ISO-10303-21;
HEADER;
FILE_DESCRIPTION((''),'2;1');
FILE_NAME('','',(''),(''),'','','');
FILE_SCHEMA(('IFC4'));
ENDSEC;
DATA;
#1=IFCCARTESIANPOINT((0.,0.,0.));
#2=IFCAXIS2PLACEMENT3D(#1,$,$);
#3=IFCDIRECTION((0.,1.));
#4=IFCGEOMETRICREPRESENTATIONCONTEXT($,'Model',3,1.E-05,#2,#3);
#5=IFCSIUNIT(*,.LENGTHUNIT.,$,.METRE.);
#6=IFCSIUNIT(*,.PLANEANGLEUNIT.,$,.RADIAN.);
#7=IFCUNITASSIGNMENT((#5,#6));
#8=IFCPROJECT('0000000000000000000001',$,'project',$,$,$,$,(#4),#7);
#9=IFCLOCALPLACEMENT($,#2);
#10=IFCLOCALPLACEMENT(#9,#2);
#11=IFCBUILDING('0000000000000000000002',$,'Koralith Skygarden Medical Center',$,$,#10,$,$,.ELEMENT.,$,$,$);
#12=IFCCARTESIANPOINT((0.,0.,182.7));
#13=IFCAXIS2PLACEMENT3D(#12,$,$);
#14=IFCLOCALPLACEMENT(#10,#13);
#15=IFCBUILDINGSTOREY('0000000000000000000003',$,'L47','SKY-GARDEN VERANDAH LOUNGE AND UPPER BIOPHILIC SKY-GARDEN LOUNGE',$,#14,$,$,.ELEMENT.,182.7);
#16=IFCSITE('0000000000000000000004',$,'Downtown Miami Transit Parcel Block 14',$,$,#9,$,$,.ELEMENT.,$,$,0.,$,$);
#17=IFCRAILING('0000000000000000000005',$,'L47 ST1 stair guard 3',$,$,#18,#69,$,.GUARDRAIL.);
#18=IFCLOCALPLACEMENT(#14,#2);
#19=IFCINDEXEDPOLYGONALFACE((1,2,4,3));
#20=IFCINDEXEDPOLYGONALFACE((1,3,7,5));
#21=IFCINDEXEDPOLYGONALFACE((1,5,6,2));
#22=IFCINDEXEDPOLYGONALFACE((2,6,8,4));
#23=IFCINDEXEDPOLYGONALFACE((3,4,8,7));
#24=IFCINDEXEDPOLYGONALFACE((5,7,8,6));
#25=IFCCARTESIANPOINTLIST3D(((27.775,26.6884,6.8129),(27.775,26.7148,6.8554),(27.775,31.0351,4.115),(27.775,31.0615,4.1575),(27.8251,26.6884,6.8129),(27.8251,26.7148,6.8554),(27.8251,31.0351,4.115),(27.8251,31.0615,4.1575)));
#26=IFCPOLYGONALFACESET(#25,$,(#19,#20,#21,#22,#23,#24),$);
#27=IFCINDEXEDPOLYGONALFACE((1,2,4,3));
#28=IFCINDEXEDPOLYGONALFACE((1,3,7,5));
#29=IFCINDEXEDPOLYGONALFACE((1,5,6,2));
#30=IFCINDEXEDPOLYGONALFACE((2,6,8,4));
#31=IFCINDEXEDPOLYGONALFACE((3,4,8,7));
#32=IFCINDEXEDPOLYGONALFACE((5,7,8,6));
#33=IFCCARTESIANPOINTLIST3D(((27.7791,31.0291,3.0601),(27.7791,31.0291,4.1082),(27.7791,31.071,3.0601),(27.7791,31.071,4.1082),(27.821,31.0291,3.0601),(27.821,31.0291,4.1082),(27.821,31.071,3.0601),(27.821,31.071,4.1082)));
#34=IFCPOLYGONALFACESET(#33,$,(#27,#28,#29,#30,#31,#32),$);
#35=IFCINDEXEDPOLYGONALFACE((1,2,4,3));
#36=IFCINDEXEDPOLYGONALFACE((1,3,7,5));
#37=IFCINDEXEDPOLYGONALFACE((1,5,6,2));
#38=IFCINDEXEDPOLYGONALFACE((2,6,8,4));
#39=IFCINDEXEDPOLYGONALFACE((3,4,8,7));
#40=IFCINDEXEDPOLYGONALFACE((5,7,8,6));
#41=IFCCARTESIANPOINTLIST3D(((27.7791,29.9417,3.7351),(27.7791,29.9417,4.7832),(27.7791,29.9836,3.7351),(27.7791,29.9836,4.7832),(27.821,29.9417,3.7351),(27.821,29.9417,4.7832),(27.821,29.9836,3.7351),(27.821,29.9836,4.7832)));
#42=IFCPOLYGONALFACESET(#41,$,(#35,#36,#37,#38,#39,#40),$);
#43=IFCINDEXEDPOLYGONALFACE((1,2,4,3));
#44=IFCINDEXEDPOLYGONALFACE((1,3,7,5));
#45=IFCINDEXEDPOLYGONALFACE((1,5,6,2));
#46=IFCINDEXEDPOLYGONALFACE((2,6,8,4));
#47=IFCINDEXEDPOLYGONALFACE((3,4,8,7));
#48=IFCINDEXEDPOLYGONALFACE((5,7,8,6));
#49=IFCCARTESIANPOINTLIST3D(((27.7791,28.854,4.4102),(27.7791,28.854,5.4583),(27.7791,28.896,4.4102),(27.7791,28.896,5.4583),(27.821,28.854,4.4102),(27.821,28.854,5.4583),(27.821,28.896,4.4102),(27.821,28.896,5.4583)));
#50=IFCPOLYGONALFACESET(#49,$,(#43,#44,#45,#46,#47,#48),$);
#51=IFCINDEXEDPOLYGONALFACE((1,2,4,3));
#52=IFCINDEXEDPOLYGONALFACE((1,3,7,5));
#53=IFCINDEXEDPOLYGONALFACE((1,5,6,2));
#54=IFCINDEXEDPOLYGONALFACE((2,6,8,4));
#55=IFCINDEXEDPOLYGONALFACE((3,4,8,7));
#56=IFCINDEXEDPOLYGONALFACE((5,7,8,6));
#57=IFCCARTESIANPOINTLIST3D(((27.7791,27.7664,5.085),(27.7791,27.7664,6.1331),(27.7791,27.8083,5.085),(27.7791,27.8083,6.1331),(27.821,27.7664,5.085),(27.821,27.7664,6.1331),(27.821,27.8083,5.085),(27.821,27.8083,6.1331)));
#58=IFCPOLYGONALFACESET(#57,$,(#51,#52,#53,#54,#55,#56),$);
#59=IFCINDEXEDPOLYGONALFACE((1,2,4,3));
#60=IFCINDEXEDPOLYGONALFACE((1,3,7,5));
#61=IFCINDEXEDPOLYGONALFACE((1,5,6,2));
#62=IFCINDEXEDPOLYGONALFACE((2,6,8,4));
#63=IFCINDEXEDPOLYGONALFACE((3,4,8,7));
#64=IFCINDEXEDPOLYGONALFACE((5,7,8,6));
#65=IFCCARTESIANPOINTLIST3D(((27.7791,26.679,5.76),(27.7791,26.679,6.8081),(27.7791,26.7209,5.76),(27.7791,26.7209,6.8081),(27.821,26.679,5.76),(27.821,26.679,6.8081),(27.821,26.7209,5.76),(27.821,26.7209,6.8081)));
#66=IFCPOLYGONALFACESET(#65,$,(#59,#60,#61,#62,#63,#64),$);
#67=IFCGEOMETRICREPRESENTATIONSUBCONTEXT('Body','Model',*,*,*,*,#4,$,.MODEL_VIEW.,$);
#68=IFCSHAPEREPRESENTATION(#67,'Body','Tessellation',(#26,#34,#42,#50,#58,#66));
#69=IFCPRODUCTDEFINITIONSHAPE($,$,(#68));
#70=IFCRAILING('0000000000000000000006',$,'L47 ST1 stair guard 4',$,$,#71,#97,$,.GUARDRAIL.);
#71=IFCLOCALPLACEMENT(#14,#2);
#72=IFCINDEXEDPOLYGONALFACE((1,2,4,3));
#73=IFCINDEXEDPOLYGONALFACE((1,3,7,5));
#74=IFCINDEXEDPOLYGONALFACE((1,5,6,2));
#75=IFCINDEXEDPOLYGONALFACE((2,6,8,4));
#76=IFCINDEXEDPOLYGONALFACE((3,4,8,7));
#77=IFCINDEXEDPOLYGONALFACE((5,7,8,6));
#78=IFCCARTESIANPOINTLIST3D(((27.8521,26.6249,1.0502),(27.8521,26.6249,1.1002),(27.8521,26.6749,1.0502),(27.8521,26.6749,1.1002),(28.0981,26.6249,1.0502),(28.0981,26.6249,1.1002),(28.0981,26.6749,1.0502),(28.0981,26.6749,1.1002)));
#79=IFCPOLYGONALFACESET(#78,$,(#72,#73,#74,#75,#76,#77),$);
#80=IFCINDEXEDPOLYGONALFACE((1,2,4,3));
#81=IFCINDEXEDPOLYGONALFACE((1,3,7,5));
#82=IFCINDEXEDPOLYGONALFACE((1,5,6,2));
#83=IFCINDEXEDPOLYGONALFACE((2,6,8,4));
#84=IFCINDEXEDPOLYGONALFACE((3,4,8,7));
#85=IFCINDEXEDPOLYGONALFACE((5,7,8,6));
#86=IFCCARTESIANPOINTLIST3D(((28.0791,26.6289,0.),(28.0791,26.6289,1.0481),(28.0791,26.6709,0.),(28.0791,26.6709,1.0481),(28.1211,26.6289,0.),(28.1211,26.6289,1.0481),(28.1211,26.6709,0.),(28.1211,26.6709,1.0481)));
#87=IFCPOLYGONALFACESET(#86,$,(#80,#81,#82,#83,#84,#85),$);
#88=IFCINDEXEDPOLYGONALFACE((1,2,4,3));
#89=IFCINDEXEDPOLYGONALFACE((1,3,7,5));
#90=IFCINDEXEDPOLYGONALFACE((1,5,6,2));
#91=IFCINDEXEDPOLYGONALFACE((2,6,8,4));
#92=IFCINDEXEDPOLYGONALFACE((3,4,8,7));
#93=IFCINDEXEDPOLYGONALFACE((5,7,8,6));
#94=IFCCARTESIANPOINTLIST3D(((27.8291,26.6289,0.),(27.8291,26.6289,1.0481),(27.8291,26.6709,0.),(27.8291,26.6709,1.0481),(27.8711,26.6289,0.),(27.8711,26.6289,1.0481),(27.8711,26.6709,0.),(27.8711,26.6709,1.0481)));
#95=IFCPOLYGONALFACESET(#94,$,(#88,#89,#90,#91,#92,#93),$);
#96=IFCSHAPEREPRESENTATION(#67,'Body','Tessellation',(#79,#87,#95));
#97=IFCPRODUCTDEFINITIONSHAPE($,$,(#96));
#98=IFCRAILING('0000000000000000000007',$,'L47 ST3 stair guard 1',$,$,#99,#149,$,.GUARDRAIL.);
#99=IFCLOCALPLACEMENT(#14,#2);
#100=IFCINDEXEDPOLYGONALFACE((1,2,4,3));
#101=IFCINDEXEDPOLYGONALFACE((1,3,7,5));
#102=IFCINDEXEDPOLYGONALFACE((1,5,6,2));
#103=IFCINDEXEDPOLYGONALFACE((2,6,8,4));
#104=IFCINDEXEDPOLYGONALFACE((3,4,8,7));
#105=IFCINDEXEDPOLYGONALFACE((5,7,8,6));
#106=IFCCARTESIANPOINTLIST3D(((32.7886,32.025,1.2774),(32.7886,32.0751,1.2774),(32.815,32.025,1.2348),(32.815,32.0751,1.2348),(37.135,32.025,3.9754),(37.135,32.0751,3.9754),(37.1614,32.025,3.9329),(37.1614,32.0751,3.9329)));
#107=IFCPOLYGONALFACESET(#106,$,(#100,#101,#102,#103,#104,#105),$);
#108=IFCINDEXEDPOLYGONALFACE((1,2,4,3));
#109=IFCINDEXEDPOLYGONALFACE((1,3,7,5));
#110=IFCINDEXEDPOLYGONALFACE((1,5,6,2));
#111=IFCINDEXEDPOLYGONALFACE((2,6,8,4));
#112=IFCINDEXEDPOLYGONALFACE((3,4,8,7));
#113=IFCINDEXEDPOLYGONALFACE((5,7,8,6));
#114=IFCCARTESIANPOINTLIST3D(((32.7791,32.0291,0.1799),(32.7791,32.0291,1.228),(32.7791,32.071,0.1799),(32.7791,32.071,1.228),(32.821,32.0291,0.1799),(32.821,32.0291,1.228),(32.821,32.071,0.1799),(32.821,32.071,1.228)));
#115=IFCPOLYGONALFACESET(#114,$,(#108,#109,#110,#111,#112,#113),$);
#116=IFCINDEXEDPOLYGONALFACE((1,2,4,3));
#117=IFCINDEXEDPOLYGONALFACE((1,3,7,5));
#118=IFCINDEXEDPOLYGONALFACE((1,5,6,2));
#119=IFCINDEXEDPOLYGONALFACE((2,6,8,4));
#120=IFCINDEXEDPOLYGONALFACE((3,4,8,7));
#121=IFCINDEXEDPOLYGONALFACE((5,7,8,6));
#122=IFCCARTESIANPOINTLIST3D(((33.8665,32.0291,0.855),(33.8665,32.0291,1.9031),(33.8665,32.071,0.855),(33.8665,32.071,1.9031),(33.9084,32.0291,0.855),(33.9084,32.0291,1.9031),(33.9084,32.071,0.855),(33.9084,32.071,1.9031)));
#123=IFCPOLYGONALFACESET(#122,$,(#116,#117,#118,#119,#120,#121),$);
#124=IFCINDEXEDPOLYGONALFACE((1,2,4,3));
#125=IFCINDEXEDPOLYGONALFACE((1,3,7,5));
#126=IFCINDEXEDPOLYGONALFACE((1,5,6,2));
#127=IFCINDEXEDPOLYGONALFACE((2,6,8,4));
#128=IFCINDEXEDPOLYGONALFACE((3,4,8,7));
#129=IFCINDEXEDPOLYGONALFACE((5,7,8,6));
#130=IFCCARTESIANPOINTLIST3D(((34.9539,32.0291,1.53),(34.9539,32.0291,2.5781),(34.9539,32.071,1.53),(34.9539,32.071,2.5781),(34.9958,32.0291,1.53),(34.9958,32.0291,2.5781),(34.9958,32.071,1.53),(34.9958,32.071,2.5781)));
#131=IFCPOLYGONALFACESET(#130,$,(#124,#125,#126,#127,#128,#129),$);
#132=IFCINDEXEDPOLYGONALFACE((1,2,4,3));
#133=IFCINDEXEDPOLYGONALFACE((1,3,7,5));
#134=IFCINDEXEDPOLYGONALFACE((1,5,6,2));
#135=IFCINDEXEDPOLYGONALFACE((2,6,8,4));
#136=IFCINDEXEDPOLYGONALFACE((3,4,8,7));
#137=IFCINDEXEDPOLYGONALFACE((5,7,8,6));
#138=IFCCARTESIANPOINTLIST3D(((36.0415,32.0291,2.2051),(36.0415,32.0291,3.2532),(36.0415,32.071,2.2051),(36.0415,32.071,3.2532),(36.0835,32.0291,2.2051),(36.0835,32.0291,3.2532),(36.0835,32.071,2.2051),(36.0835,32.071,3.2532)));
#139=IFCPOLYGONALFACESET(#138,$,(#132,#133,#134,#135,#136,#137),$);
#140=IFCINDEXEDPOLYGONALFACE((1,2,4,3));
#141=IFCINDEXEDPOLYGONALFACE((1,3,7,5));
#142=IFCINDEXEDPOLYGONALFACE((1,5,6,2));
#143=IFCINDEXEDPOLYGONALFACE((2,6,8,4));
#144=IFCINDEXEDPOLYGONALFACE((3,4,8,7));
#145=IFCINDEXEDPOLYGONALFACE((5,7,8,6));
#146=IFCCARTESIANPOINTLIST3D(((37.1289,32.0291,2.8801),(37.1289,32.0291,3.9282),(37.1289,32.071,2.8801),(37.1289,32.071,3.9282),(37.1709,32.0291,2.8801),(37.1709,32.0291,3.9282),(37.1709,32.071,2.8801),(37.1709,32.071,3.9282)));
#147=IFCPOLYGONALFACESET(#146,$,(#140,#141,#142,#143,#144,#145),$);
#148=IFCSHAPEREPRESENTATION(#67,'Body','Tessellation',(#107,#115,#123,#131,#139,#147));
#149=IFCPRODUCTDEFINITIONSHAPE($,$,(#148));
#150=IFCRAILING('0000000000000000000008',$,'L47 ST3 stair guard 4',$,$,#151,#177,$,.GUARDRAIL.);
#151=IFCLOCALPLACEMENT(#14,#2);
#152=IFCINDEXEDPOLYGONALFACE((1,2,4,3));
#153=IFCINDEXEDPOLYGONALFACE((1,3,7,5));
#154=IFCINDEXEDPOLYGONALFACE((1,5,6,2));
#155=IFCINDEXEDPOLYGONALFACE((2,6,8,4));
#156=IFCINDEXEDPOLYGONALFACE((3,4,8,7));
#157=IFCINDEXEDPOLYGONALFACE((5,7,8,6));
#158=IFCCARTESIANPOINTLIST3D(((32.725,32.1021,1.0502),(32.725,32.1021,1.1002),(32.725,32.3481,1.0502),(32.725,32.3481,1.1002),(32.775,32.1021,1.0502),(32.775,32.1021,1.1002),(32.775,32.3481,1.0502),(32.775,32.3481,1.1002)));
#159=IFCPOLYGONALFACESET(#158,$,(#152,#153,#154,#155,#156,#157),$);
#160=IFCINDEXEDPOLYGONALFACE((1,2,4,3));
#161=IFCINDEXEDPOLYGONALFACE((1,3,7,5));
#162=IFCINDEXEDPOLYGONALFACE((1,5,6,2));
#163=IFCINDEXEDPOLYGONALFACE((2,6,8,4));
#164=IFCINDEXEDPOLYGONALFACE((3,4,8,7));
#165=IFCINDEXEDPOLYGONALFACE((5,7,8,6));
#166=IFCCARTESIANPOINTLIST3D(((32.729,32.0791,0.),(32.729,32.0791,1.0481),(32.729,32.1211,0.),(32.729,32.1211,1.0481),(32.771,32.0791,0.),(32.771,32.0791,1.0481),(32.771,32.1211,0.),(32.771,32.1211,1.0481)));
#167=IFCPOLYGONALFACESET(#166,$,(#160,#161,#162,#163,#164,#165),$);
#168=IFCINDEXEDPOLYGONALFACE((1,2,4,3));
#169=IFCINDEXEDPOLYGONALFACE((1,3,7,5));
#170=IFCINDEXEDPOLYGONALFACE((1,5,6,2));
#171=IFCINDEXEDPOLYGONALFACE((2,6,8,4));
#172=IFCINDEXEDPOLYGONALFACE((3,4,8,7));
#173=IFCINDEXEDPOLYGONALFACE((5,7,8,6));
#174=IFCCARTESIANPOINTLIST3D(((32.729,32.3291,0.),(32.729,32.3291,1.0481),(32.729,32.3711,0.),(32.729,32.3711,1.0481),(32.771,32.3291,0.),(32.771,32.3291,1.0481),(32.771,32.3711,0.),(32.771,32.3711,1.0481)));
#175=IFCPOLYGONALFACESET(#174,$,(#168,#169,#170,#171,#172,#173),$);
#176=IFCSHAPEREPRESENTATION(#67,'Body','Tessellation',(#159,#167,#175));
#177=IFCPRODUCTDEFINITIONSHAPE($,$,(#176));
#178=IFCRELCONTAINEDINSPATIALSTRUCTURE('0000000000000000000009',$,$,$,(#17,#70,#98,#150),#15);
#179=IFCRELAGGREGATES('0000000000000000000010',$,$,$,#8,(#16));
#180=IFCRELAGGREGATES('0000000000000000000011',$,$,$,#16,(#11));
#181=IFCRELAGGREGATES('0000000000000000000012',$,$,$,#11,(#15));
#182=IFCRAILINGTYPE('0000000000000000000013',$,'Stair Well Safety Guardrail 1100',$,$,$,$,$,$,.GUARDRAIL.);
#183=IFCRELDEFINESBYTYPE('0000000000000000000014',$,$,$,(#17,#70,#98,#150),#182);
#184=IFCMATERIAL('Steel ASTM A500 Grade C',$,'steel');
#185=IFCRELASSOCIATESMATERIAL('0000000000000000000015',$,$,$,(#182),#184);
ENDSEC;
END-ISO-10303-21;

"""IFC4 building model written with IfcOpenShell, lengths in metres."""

from ifc_helpers import new_model, si_unit, direction, frame, origin, origin_2d, place, context, subcontext, project, spatial, rectangle, extrude, material, type_object, element, save


model = new_model("IFC4")

# Units and contexts
model_context = context("Model", 3, precision=1e-05, world=origin(), true_north=direction((0.0, 1.0)))
body_context = subcontext(model_context, "Body", "Model", "MODEL_VIEW")
ifc_project = project(units=[si_unit("LENGTHUNIT", "METRE"), si_unit("PLANEANGLEUNIT", "RADIAN")], contexts=[model_context])

# Site, building, storey
site_placement = place(None, origin())
site = spatial("IfcSite", under=ifc_project, at=site_placement, Name="Downtown Miami Transit Parcel Block 14", CompositionType="ELEMENT", RefElevation=0.0)
building_placement = place(site_placement, origin())
building = spatial("IfcBuilding", under=site, at=building_placement, Name="Koralith Skygarden Medical Center", CompositionType="ELEMENT")
storey_placement = place(building_placement, frame((0.0, 0.0, 182.7)))
storey = spatial("IfcBuildingStorey", under=building, at=storey_placement, Name="L47", Description="SKY-GARDEN VERANDAH LOUNGE AND UPPER BIOPHILIC SKY-GARDEN LOUNGE", CompositionType="ELEMENT", Elevation=182.7)

# Railings
ifc_material_1 = material(Name="Steel ASTM A500 Grade C", Category="steel")
railing_type_1 = type_object("IfcRailingType", Name="Stair Well Safety Guardrail 1100", PredefinedType="GUARDRAIL", material=ifc_material_1)
railing_1_placement = place(storey_placement, frame((27.8, 31.05, 3.0601)))
element("IfcRailing", 1, at=railing_1_placement, inside=storey, type_object=railing_type_1, Name="L47 ST1 stair guard 3", PredefinedType="GUARDRAIL", context=body_context, shape_type="SweptSolid", body=[
    extrude(rectangle(XDim=0.05, YDim=0.05, at=origin_2d()), frame((0.0, -0.0017, 1.0762), z_axis=(0.0, -0.84965, 0.527347), x_axis=(1.0, 0.0, 0.0)), (0.0, 0.0, 1.0), 5.116),
    extrude(rectangle(XDim=0.042, YDim=0.042, at=origin_2d()), origin(), (0.0, 0.0, 1.0), 1.0481),
    extrude(rectangle(XDim=0.042, YDim=0.042, at=origin_2d()), frame((0.0, -1.0874, 0.675)), (0.0, 0.0, 1.0), 1.0481),
    extrude(rectangle(XDim=0.042, YDim=0.042, at=origin_2d()), frame((0.0, -2.175, 1.3501)), (0.0, 0.0, 1.0), 1.0481),
    extrude(rectangle(XDim=0.042, YDim=0.042, at=origin_2d()), frame((0.0, -3.2627, 2.0249)), (0.0, 0.0, 1.0), 1.0481),
    extrude(rectangle(XDim=0.042, YDim=0.042, at=origin_2d()), frame((0.0, -4.3501, 2.7)), (0.0, 0.0, 1.0), 1.0481),
])
railing_2_placement = place(storey_placement, frame((28.1001, 26.6499, 0.0)))
element("IfcRailing", 2, at=railing_2_placement, inside=storey, type_object=railing_type_1, Name="L47 ST1 stair guard 4", PredefinedType="GUARDRAIL", context=body_context, shape_type="SweptSolid", body=[
    extrude(rectangle(XDim=0.05, YDim=0.05, at=origin_2d()), frame((-0.002, 0.0, 1.0752), z_axis=(-1.0, 0.0, 0.0), x_axis=(0.0, -1.0, 0.0)), (0.0, 0.0, 1.0), 0.2461),
    extrude(rectangle(XDim=0.042, YDim=0.042, at=origin_2d()), origin(), (0.0, 0.0, 1.0), 1.0481),
    extrude(rectangle(XDim=0.042, YDim=0.042, at=origin_2d()), frame((-0.25, 0.0, 0.0)), (0.0, 0.0, 1.0), 1.0481),
])
railing_3_placement = place(storey_placement, frame((32.8, 32.05, 0.1799)))
element("IfcRailing", 3, at=railing_3_placement, inside=storey, type_object=railing_type_1, Name="L47 ST3 stair guard 1", PredefinedType="GUARDRAIL", context=body_context, shape_type="SweptSolid", body=[
    extrude(rectangle(XDim=0.05, YDim=0.05, at=origin_2d()), frame((0.0017, 0.0, 1.0762), z_axis=(0.849615, 0.0, 0.527403), x_axis=(0.0, 1.0, 0.0)), (0.0, 0.0, 1.0), 5.1157),
    extrude(rectangle(XDim=0.042, YDim=0.042, at=origin_2d()), origin(), (0.0, 0.0, 1.0), 1.0481),
    extrude(rectangle(XDim=0.042, YDim=0.042, at=origin_2d()), frame((1.0874, 0.0, 0.675)), (0.0, 0.0, 1.0), 1.0481),
    extrude(rectangle(XDim=0.042, YDim=0.042, at=origin_2d()), frame((2.1748, 0.0, 1.3501)), (0.0, 0.0, 1.0), 1.0481),
    extrude(rectangle(XDim=0.042, YDim=0.042, at=origin_2d()), frame((3.2625, 0.0, 2.0251)), (0.0, 0.0, 1.0), 1.0481),
    extrude(rectangle(XDim=0.042, YDim=0.042, at=origin_2d()), frame((4.3499, 0.0, 2.7002)), (0.0, 0.0, 1.0), 1.0481),
])
railing_4_placement = place(storey_placement, frame((32.75, 32.1001, 0.0)))
element("IfcRailing", 4, at=railing_4_placement, inside=storey, type_object=railing_type_1, Name="L47 ST3 stair guard 4", PredefinedType="GUARDRAIL", context=body_context, shape_type="SweptSolid", body=[
    extrude(rectangle(XDim=0.05, YDim=0.05, at=origin_2d()), frame((0.0, 0.002, 1.0752), z_axis=(0.0, 1.0, 0.0), x_axis=(-1.0, 0.0, 0.0)), (0.0, 0.0, 1.0), 0.2461),
    extrude(rectangle(XDim=0.042, YDim=0.042, at=origin_2d()), origin(), (0.0, 0.0, 1.0), 1.0481),
    extrude(rectangle(XDim=0.042, YDim=0.042, at=origin_2d()), frame((0.0, 0.25, 0.0)), (0.0, 0.0, 1.0), 1.0481),
])

save(model, "model.ifc")
